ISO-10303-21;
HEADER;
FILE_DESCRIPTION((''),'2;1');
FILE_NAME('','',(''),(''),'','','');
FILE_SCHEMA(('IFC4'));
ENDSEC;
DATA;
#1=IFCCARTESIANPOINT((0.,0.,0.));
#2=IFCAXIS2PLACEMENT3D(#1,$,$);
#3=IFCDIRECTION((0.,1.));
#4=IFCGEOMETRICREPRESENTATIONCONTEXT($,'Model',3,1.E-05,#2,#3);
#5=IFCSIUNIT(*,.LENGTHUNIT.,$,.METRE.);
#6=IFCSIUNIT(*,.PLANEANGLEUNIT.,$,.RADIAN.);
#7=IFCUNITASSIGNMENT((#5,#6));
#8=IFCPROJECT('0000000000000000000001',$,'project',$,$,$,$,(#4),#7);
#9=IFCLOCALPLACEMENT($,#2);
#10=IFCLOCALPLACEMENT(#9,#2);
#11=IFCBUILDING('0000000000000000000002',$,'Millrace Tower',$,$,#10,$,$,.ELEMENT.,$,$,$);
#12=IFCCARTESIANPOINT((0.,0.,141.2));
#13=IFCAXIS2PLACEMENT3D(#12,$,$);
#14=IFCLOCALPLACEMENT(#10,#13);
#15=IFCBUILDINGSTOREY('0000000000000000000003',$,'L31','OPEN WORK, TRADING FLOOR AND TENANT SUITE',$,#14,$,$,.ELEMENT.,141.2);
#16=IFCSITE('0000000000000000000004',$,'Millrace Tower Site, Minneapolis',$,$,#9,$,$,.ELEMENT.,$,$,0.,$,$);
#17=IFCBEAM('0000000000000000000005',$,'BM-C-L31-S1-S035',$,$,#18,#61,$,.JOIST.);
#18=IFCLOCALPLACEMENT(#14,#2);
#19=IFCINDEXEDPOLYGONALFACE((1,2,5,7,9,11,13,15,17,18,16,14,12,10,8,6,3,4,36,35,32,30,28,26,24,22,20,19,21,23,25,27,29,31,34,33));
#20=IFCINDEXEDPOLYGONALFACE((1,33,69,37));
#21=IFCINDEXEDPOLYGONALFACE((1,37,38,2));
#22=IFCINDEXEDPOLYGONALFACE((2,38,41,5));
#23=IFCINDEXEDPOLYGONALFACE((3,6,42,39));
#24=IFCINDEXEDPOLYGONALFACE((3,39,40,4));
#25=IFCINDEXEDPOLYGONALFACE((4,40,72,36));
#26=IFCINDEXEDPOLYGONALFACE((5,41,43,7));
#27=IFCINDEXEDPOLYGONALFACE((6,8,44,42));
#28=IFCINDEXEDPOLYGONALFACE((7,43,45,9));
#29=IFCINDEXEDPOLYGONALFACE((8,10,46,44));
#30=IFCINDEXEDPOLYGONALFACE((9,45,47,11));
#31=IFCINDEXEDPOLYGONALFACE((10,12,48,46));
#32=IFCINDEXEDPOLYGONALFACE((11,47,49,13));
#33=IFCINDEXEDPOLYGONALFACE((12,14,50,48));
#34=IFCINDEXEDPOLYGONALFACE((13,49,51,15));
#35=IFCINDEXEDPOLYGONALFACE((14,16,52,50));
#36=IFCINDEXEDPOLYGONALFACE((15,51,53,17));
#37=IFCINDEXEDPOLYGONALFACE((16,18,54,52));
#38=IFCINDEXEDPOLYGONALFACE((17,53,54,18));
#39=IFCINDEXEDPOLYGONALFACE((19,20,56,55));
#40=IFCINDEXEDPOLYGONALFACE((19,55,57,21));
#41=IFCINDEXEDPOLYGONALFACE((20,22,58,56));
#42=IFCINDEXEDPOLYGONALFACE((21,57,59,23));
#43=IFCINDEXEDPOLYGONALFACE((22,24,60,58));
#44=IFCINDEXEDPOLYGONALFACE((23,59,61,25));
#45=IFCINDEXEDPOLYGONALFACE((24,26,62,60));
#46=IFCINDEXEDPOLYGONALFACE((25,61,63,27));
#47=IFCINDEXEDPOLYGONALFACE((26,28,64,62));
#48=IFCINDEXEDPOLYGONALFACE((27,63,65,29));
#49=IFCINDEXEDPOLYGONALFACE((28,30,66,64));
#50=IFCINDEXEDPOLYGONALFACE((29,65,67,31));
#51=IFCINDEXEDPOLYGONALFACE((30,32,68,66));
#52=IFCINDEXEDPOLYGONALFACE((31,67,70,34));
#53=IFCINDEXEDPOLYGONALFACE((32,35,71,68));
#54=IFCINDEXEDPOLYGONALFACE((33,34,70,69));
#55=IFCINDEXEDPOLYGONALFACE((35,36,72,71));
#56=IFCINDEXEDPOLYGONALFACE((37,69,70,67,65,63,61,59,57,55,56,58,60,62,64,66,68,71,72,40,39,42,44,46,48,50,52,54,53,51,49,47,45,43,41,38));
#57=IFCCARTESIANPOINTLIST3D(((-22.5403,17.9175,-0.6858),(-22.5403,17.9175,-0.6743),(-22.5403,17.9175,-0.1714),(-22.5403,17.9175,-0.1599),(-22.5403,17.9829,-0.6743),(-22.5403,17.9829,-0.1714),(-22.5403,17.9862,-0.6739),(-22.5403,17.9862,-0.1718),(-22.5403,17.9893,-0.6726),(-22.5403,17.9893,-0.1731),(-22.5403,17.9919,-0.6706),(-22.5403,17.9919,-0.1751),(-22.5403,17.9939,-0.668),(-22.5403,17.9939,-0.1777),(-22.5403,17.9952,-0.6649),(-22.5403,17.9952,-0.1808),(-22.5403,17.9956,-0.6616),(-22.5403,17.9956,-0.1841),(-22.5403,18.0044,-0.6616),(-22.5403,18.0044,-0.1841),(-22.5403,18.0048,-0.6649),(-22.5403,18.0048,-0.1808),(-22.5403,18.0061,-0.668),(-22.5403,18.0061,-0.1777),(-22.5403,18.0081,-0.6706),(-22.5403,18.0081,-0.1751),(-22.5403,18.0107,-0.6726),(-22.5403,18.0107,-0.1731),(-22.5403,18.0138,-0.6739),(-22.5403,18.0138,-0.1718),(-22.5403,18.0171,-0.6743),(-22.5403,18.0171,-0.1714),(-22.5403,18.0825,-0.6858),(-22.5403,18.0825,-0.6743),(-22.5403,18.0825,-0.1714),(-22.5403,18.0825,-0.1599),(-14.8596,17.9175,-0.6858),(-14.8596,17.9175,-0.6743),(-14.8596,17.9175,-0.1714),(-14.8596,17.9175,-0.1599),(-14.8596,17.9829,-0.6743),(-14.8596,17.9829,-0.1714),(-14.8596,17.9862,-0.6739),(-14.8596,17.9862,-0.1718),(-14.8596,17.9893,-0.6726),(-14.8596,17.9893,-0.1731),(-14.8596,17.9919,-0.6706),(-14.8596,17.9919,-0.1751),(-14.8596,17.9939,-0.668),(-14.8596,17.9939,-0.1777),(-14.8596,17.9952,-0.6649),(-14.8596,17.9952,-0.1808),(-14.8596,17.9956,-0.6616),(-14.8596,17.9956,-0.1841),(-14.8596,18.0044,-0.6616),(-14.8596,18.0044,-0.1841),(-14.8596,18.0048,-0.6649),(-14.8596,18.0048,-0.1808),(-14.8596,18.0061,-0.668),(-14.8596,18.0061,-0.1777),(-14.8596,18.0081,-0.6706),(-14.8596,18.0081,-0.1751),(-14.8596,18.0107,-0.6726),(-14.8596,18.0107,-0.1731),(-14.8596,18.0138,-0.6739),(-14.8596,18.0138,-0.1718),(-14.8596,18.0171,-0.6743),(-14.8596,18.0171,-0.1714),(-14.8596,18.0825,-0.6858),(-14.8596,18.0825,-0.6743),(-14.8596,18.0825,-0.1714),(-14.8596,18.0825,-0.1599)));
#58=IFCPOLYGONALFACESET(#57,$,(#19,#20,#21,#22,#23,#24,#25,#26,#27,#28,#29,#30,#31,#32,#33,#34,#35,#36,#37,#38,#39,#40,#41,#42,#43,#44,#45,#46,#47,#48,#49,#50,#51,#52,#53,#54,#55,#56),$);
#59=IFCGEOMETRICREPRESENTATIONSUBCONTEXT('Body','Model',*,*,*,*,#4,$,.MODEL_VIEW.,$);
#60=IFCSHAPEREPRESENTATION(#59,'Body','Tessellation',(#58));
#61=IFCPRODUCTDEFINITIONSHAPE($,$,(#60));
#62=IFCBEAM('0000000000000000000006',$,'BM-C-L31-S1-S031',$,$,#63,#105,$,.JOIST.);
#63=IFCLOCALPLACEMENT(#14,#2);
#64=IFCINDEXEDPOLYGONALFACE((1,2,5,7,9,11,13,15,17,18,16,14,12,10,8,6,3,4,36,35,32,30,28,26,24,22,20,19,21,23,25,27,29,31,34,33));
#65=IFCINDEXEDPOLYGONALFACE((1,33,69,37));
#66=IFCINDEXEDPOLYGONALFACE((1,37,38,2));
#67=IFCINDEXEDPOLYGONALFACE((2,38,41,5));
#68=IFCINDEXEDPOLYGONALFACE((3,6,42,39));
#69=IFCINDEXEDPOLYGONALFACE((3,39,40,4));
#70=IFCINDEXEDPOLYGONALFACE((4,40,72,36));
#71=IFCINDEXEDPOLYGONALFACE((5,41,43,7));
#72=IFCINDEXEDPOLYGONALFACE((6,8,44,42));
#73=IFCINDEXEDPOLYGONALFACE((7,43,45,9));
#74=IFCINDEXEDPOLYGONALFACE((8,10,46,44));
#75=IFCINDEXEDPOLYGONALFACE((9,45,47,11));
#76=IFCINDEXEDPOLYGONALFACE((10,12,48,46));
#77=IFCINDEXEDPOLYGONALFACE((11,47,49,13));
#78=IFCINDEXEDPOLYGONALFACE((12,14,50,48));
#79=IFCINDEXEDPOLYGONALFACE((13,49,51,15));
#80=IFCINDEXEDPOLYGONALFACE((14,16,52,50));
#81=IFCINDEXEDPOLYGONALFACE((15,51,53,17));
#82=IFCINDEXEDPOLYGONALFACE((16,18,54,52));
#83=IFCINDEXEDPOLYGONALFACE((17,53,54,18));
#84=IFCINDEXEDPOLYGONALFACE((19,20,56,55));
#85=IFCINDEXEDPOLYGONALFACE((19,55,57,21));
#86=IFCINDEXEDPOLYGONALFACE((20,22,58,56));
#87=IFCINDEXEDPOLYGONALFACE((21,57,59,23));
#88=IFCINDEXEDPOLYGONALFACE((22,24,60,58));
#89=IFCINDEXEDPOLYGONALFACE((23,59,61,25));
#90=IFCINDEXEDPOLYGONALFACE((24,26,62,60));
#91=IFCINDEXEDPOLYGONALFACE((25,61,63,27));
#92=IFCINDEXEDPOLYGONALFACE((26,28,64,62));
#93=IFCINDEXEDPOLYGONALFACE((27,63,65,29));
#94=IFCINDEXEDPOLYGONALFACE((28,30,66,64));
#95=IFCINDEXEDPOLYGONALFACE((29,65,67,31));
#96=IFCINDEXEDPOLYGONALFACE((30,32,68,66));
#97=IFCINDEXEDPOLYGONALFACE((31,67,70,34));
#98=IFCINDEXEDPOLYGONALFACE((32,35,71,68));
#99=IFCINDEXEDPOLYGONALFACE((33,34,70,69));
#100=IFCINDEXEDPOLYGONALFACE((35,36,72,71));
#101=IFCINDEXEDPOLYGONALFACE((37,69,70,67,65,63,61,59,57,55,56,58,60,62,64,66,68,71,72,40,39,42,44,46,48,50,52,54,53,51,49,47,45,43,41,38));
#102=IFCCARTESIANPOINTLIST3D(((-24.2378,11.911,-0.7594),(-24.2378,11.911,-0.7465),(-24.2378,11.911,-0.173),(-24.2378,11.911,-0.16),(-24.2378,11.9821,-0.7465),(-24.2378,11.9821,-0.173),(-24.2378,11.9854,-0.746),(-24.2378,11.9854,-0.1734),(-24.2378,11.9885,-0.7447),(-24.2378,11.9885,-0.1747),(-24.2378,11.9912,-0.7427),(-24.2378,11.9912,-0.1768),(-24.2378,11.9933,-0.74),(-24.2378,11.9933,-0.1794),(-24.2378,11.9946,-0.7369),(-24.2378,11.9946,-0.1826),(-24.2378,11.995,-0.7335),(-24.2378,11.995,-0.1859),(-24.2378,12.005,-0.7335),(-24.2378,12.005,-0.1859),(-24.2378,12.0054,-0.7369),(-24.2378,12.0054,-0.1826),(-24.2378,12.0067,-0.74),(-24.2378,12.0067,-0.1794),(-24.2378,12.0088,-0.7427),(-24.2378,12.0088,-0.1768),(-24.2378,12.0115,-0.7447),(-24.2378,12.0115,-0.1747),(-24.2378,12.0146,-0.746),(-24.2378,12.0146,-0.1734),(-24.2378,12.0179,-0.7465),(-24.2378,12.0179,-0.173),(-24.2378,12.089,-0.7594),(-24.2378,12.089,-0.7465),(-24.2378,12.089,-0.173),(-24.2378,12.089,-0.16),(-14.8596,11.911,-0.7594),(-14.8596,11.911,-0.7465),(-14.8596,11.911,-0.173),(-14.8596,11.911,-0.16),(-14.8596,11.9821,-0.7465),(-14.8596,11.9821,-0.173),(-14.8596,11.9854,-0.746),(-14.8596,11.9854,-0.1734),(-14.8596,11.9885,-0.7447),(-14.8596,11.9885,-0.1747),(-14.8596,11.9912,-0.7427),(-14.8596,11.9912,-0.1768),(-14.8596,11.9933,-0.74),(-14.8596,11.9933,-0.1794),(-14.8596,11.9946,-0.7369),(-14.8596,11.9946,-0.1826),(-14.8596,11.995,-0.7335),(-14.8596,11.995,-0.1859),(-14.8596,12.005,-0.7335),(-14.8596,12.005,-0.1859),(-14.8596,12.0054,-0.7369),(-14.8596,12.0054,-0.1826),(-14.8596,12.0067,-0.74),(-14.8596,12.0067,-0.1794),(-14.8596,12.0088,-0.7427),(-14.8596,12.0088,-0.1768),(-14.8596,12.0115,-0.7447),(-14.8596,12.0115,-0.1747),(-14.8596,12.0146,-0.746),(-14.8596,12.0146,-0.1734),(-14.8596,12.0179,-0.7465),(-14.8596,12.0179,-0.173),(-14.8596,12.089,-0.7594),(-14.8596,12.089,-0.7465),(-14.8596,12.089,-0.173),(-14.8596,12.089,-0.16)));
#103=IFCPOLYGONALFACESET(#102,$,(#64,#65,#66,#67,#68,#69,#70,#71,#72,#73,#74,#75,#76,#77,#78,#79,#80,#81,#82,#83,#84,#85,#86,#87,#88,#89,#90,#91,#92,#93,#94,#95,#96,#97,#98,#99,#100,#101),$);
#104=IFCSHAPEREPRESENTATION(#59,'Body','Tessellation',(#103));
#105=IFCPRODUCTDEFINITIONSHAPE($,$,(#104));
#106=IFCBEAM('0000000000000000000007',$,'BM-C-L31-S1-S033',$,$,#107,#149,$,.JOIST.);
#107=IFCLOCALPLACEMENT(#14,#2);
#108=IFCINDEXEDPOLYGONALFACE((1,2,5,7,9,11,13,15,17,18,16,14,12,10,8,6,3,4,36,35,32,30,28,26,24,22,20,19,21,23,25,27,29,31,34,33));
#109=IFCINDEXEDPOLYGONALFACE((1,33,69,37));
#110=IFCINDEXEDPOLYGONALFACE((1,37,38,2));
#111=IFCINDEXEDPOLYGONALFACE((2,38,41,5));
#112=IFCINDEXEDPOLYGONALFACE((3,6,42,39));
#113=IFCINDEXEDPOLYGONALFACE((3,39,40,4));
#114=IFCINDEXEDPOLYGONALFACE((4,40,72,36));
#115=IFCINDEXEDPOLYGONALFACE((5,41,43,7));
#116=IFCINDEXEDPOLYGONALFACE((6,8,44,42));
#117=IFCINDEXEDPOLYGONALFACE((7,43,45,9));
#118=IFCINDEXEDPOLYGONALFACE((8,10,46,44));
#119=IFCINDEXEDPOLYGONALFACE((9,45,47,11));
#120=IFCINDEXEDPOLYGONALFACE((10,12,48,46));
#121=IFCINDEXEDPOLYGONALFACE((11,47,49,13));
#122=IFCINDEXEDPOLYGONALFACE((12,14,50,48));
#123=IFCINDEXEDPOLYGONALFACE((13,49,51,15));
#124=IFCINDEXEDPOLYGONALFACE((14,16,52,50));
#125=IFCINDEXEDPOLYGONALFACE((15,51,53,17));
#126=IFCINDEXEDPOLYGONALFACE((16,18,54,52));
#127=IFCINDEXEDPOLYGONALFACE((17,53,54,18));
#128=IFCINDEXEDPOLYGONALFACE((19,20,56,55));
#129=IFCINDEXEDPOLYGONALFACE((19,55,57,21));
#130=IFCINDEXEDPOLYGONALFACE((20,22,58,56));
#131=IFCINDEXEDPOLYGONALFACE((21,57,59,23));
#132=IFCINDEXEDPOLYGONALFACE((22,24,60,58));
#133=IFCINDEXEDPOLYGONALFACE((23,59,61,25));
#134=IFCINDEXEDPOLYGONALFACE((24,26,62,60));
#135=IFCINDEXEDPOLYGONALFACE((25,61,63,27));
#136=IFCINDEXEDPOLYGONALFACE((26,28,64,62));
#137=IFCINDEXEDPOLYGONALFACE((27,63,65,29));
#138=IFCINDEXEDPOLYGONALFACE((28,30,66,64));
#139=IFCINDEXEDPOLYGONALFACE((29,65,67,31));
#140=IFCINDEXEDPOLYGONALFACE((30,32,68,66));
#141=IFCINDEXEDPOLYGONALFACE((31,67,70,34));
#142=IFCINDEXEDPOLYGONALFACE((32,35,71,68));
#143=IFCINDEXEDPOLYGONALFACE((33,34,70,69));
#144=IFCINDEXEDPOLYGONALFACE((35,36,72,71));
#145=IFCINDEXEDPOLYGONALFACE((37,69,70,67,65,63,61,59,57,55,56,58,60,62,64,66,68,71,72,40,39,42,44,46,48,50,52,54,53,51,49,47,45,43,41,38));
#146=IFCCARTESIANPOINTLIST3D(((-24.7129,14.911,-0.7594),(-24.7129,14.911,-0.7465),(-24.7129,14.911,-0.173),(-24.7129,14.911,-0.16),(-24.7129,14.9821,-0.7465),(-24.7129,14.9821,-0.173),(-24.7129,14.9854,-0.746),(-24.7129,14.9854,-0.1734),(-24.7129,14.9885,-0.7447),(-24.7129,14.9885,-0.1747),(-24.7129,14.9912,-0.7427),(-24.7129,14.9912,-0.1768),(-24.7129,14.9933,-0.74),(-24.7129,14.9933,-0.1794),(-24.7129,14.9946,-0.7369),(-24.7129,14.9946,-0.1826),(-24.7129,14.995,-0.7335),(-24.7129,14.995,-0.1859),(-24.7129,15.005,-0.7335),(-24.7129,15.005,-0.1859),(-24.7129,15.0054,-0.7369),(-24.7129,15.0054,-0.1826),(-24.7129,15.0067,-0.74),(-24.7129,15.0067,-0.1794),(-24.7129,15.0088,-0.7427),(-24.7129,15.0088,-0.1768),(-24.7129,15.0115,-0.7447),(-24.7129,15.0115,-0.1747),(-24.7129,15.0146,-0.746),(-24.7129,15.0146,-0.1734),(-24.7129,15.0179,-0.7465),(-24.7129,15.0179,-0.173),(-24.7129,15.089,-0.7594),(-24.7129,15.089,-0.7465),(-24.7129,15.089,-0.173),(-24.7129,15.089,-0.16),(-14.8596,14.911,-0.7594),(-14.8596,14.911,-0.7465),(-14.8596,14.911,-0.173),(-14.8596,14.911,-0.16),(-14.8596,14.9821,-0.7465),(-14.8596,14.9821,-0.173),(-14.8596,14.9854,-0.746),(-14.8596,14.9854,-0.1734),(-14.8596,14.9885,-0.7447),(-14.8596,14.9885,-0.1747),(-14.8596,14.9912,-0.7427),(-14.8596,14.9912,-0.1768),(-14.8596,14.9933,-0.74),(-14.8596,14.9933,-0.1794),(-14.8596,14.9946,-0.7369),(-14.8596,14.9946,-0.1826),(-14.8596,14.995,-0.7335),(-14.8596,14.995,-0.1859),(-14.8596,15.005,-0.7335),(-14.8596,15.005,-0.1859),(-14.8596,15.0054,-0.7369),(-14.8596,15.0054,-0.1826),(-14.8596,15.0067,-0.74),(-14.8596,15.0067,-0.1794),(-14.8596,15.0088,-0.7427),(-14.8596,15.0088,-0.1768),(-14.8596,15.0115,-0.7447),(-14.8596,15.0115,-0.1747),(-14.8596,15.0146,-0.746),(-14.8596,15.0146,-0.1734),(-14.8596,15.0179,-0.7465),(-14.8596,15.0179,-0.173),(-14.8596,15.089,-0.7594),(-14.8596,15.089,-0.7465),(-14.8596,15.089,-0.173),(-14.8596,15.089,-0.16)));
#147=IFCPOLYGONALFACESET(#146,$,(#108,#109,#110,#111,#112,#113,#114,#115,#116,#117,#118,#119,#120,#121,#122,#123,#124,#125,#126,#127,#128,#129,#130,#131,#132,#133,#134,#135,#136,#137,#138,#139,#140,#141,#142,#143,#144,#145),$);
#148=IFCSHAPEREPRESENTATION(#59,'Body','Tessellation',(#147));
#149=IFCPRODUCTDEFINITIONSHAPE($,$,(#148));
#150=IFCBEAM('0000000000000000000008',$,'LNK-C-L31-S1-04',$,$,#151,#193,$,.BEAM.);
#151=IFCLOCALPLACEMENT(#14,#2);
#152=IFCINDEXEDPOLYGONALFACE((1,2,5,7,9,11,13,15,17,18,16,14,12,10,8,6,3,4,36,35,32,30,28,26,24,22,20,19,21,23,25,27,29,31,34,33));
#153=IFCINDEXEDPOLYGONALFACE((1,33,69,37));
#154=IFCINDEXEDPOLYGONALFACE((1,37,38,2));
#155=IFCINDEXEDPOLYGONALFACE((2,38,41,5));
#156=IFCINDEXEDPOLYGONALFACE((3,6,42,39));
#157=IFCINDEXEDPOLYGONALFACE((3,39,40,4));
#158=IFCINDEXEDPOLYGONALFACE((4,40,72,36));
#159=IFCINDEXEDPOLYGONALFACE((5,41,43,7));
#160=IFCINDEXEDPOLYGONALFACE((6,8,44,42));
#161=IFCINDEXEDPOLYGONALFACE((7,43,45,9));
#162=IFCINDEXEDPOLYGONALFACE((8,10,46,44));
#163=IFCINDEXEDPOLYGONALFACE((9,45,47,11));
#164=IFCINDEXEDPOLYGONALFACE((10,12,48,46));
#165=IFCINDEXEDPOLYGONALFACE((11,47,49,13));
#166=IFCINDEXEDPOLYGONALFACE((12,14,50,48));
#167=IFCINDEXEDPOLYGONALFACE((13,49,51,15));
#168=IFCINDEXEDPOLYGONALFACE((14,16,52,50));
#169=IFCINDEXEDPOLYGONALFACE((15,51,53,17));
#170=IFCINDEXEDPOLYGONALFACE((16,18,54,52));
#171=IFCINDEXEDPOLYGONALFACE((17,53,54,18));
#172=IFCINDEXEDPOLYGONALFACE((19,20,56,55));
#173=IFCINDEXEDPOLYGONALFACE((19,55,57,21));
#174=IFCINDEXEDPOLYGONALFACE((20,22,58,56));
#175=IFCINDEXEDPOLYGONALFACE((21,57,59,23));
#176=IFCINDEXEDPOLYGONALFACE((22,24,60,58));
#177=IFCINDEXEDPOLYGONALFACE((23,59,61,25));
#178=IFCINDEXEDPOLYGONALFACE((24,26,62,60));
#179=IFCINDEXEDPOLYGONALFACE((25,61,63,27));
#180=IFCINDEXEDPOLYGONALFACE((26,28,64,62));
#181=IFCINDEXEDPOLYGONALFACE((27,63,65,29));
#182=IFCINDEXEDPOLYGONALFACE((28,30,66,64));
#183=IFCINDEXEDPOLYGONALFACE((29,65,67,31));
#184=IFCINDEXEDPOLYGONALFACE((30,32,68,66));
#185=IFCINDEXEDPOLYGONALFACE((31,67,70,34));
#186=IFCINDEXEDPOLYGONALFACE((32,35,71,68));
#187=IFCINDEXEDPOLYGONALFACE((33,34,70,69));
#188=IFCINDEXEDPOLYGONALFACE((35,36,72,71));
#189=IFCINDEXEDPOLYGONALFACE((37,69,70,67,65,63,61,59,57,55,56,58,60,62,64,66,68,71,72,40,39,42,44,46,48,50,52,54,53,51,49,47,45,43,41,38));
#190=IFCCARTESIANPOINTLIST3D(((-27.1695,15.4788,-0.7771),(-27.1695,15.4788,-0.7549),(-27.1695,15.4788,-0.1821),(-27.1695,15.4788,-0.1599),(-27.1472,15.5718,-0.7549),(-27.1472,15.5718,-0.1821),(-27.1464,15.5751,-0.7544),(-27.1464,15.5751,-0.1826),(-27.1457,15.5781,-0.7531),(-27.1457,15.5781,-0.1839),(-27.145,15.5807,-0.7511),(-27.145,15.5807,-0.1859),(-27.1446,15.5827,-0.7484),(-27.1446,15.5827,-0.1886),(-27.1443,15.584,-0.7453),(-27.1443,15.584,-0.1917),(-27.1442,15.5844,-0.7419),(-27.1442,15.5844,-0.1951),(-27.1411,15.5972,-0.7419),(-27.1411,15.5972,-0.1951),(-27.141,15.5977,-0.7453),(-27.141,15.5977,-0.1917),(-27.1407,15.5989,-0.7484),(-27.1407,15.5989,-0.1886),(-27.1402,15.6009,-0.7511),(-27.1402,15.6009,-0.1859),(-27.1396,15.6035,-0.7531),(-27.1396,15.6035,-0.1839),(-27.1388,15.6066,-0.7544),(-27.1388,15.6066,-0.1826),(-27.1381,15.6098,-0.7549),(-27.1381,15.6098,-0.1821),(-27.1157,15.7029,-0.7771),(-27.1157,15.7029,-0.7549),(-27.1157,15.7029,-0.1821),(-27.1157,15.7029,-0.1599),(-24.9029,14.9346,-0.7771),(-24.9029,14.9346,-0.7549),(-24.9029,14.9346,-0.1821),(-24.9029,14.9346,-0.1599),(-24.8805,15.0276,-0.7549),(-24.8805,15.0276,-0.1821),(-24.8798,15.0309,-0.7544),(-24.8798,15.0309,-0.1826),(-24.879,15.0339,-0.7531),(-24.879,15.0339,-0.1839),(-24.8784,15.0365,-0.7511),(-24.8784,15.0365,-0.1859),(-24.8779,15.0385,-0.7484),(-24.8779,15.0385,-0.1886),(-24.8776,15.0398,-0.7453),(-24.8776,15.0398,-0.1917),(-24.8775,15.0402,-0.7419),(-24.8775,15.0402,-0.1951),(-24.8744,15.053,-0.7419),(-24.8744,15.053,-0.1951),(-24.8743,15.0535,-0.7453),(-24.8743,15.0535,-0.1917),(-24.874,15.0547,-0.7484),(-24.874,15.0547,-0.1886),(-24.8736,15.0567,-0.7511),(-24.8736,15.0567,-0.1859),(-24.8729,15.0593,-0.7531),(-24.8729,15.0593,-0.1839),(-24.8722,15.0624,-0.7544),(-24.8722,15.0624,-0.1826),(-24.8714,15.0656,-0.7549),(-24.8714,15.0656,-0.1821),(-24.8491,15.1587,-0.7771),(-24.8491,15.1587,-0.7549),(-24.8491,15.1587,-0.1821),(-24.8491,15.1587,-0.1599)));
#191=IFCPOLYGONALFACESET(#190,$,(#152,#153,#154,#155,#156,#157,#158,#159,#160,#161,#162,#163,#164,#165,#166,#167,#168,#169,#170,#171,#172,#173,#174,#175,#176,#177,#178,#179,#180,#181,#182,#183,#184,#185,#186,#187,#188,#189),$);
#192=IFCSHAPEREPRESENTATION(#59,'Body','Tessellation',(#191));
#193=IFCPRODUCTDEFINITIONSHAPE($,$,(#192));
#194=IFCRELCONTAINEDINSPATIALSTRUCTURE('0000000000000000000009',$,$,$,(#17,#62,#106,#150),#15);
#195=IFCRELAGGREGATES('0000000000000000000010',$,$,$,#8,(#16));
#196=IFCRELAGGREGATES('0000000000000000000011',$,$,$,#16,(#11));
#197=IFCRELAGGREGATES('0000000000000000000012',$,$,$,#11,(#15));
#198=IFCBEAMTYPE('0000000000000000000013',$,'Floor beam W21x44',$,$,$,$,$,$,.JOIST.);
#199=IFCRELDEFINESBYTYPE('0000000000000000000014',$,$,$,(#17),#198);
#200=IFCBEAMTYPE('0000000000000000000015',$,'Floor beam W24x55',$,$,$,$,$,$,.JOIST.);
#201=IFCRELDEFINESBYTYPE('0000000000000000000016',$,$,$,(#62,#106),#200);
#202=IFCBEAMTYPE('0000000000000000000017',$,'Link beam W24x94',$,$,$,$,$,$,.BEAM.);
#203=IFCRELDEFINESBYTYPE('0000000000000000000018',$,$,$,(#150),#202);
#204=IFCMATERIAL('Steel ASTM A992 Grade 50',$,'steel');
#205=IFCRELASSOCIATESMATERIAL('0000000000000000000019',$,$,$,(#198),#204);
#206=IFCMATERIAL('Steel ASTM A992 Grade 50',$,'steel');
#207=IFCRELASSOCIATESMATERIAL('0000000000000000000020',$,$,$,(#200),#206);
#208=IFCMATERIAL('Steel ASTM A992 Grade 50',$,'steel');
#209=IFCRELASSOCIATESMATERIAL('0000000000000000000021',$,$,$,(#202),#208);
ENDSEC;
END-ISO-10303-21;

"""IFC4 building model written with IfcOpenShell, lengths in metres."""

from ifc_helpers import new_model, si_unit, direction, frame, origin, origin_2d, place, context, subcontext, project, spatial, i_section, extrude, material, material_profile, profile_set, type_object, element, save


model = new_model("IFC4")

# Units and contexts
model_context = context("Model", 3, precision=1e-05, world=origin(), true_north=direction((0.0, 1.0)))
body_context = subcontext(model_context, "Body", "Model", "MODEL_VIEW")
ifc_project = project(units=[si_unit("LENGTHUNIT", "METRE"), si_unit("PLANEANGLEUNIT", "RADIAN")], contexts=[model_context])

# Site, building, storey
site_placement = place(None, origin())
site = spatial("IfcSite", under=ifc_project, at=site_placement, Name="Millrace Tower Site, Minneapolis", CompositionType="ELEMENT", RefElevation=0.0)
building_placement = place(site_placement, origin())
building = spatial("IfcBuilding", under=site, at=building_placement, Name="Millrace Tower", CompositionType="ELEMENT")
storey_placement = place(building_placement, frame((0.0, 0.0, 141.2)))
storey = spatial("IfcBuildingStorey", under=building, at=storey_placement, Name="L31", Description="OPEN WORK, TRADING FLOOR AND TENANT SUITE", CompositionType="ELEMENT", Elevation=141.2)

# Beams
ifc_material_1 = material(Name="Steel ASTM A992 Grade 50", Category="steel")
ifc_material_profile_1 = material_profile(ifc_material_1, i_section(OverallWidth=0.165, OverallDepth=0.5259, WebThickness=0.0088, FlangeThickness=0.0115, FilletRadius=0.0127, at=origin_2d()))
ifc_profile_set_1 = profile_set([ifc_material_profile_1], Name="Steel ASTM A992 Grade 50")
beam_type_1 = type_object("IfcBeamType", Name="Floor beam W21x44", PredefinedType="JOIST", material=ifc_profile_set_1)
beam_1_placement = place(storey_placement, frame((-22.5403, 18.0, -0.4229), z_axis=(1.0, 0.0, 0.0), x_axis=(0.0, 1.0, 0.0)))
element("IfcBeam", 1, at=beam_1_placement, inside=storey, type_object=beam_type_1, Name="BM-C-L31-S1-S035", PredefinedType="JOIST", context=body_context, shape_type="SweptSolid", body=[
    extrude(i_section(OverallWidth=0.165, OverallDepth=0.5259, WebThickness=0.0088, FlangeThickness=0.0115, FilletRadius=0.0127, at=origin_2d()), origin(), (0.0, 0.0, 1.0), 7.6807),
])
ifc_material_2 = material(Name="Steel ASTM A992 Grade 50", Category="steel")
ifc_material_profile_2 = material_profile(ifc_material_2, i_section(OverallWidth=0.178, OverallDepth=0.5994, WebThickness=0.01, FlangeThickness=0.0129, FilletRadius=0.0129, at=origin_2d()))
ifc_profile_set_2 = profile_set([ifc_material_profile_2], Name="Steel ASTM A992 Grade 50")
beam_type_2 = type_object("IfcBeamType", Name="Floor beam W24x55", PredefinedType="JOIST", material=ifc_profile_set_2)
beam_2_placement = place(storey_placement, frame((-24.2378, 12.0, -0.4597), z_axis=(1.0, 0.0, 0.0), x_axis=(0.0, 1.0, 0.0)))
element("IfcBeam", 2, at=beam_2_placement, inside=storey, type_object=beam_type_2, Name="BM-C-L31-S1-S031", PredefinedType="JOIST", context=body_context, shape_type="SweptSolid", body=[
    extrude(i_section(OverallWidth=0.178, OverallDepth=0.5994, WebThickness=0.01, FlangeThickness=0.0129, FilletRadius=0.0129, at=origin_2d()), origin(), (0.0, 0.0, 1.0), 9.3782),
])
beam_3_placement = place(storey_placement, frame((-24.7129, 15.0, -0.4597), z_axis=(1.0, 0.0, 0.0), x_axis=(0.0, 1.0, 0.0)))
element("IfcBeam", 3, at=beam_3_placement, inside=storey, type_object=beam_type_2, Name="BM-C-L31-S1-S033", PredefinedType="JOIST", context=body_context, shape_type="SweptSolid", body=[
    extrude(i_section(OverallWidth=0.178, OverallDepth=0.5994, WebThickness=0.01, FlangeThickness=0.0129, FilletRadius=0.0129, at=origin_2d()), origin(), (0.0, 0.0, 1.0), 9.8533),
])
ifc_material_3 = material(Name="Steel ASTM A992 Grade 50", Category="steel")
ifc_material_profile_3 = material_profile(ifc_material_3, i_section(OverallWidth=0.2305, OverallDepth=0.6172, WebThickness=0.0132, FlangeThickness=0.0222, FilletRadius=0.0129, at=origin_2d()))
ifc_profile_set_3 = profile_set([ifc_material_profile_3], Name="Steel ASTM A992 Grade 50")
beam_type_3 = type_object("IfcBeamType", Name="Link beam W24x94", PredefinedType="BEAM", material=ifc_profile_set_3)
for number, where, z_axis, x_axis, name in (
    (4, (-24.876, 15.0466, -0.4685), (-0.972367, 0.233456, 0.0), (-0.233456, -0.972367, 0.0), "LNK-C-L31-S1-04"),
):
    element("IfcBeam", number, at=place(storey_placement, frame(where, z_axis=z_axis, x_axis=x_axis)), inside=storey, type_object=beam_type_3, Name=name, PredefinedType="BEAM", context=body_context, shape_type="SweptSolid", body=[
        extrude(i_section(OverallWidth=0.2305, OverallDepth=0.6172, WebThickness=0.0132, FlangeThickness=0.0222, FilletRadius=0.0129, at=origin_2d()), origin(), (0.0, 0.0, 1.0), 2.3311),
    ])

save(model, "model.ifc")
